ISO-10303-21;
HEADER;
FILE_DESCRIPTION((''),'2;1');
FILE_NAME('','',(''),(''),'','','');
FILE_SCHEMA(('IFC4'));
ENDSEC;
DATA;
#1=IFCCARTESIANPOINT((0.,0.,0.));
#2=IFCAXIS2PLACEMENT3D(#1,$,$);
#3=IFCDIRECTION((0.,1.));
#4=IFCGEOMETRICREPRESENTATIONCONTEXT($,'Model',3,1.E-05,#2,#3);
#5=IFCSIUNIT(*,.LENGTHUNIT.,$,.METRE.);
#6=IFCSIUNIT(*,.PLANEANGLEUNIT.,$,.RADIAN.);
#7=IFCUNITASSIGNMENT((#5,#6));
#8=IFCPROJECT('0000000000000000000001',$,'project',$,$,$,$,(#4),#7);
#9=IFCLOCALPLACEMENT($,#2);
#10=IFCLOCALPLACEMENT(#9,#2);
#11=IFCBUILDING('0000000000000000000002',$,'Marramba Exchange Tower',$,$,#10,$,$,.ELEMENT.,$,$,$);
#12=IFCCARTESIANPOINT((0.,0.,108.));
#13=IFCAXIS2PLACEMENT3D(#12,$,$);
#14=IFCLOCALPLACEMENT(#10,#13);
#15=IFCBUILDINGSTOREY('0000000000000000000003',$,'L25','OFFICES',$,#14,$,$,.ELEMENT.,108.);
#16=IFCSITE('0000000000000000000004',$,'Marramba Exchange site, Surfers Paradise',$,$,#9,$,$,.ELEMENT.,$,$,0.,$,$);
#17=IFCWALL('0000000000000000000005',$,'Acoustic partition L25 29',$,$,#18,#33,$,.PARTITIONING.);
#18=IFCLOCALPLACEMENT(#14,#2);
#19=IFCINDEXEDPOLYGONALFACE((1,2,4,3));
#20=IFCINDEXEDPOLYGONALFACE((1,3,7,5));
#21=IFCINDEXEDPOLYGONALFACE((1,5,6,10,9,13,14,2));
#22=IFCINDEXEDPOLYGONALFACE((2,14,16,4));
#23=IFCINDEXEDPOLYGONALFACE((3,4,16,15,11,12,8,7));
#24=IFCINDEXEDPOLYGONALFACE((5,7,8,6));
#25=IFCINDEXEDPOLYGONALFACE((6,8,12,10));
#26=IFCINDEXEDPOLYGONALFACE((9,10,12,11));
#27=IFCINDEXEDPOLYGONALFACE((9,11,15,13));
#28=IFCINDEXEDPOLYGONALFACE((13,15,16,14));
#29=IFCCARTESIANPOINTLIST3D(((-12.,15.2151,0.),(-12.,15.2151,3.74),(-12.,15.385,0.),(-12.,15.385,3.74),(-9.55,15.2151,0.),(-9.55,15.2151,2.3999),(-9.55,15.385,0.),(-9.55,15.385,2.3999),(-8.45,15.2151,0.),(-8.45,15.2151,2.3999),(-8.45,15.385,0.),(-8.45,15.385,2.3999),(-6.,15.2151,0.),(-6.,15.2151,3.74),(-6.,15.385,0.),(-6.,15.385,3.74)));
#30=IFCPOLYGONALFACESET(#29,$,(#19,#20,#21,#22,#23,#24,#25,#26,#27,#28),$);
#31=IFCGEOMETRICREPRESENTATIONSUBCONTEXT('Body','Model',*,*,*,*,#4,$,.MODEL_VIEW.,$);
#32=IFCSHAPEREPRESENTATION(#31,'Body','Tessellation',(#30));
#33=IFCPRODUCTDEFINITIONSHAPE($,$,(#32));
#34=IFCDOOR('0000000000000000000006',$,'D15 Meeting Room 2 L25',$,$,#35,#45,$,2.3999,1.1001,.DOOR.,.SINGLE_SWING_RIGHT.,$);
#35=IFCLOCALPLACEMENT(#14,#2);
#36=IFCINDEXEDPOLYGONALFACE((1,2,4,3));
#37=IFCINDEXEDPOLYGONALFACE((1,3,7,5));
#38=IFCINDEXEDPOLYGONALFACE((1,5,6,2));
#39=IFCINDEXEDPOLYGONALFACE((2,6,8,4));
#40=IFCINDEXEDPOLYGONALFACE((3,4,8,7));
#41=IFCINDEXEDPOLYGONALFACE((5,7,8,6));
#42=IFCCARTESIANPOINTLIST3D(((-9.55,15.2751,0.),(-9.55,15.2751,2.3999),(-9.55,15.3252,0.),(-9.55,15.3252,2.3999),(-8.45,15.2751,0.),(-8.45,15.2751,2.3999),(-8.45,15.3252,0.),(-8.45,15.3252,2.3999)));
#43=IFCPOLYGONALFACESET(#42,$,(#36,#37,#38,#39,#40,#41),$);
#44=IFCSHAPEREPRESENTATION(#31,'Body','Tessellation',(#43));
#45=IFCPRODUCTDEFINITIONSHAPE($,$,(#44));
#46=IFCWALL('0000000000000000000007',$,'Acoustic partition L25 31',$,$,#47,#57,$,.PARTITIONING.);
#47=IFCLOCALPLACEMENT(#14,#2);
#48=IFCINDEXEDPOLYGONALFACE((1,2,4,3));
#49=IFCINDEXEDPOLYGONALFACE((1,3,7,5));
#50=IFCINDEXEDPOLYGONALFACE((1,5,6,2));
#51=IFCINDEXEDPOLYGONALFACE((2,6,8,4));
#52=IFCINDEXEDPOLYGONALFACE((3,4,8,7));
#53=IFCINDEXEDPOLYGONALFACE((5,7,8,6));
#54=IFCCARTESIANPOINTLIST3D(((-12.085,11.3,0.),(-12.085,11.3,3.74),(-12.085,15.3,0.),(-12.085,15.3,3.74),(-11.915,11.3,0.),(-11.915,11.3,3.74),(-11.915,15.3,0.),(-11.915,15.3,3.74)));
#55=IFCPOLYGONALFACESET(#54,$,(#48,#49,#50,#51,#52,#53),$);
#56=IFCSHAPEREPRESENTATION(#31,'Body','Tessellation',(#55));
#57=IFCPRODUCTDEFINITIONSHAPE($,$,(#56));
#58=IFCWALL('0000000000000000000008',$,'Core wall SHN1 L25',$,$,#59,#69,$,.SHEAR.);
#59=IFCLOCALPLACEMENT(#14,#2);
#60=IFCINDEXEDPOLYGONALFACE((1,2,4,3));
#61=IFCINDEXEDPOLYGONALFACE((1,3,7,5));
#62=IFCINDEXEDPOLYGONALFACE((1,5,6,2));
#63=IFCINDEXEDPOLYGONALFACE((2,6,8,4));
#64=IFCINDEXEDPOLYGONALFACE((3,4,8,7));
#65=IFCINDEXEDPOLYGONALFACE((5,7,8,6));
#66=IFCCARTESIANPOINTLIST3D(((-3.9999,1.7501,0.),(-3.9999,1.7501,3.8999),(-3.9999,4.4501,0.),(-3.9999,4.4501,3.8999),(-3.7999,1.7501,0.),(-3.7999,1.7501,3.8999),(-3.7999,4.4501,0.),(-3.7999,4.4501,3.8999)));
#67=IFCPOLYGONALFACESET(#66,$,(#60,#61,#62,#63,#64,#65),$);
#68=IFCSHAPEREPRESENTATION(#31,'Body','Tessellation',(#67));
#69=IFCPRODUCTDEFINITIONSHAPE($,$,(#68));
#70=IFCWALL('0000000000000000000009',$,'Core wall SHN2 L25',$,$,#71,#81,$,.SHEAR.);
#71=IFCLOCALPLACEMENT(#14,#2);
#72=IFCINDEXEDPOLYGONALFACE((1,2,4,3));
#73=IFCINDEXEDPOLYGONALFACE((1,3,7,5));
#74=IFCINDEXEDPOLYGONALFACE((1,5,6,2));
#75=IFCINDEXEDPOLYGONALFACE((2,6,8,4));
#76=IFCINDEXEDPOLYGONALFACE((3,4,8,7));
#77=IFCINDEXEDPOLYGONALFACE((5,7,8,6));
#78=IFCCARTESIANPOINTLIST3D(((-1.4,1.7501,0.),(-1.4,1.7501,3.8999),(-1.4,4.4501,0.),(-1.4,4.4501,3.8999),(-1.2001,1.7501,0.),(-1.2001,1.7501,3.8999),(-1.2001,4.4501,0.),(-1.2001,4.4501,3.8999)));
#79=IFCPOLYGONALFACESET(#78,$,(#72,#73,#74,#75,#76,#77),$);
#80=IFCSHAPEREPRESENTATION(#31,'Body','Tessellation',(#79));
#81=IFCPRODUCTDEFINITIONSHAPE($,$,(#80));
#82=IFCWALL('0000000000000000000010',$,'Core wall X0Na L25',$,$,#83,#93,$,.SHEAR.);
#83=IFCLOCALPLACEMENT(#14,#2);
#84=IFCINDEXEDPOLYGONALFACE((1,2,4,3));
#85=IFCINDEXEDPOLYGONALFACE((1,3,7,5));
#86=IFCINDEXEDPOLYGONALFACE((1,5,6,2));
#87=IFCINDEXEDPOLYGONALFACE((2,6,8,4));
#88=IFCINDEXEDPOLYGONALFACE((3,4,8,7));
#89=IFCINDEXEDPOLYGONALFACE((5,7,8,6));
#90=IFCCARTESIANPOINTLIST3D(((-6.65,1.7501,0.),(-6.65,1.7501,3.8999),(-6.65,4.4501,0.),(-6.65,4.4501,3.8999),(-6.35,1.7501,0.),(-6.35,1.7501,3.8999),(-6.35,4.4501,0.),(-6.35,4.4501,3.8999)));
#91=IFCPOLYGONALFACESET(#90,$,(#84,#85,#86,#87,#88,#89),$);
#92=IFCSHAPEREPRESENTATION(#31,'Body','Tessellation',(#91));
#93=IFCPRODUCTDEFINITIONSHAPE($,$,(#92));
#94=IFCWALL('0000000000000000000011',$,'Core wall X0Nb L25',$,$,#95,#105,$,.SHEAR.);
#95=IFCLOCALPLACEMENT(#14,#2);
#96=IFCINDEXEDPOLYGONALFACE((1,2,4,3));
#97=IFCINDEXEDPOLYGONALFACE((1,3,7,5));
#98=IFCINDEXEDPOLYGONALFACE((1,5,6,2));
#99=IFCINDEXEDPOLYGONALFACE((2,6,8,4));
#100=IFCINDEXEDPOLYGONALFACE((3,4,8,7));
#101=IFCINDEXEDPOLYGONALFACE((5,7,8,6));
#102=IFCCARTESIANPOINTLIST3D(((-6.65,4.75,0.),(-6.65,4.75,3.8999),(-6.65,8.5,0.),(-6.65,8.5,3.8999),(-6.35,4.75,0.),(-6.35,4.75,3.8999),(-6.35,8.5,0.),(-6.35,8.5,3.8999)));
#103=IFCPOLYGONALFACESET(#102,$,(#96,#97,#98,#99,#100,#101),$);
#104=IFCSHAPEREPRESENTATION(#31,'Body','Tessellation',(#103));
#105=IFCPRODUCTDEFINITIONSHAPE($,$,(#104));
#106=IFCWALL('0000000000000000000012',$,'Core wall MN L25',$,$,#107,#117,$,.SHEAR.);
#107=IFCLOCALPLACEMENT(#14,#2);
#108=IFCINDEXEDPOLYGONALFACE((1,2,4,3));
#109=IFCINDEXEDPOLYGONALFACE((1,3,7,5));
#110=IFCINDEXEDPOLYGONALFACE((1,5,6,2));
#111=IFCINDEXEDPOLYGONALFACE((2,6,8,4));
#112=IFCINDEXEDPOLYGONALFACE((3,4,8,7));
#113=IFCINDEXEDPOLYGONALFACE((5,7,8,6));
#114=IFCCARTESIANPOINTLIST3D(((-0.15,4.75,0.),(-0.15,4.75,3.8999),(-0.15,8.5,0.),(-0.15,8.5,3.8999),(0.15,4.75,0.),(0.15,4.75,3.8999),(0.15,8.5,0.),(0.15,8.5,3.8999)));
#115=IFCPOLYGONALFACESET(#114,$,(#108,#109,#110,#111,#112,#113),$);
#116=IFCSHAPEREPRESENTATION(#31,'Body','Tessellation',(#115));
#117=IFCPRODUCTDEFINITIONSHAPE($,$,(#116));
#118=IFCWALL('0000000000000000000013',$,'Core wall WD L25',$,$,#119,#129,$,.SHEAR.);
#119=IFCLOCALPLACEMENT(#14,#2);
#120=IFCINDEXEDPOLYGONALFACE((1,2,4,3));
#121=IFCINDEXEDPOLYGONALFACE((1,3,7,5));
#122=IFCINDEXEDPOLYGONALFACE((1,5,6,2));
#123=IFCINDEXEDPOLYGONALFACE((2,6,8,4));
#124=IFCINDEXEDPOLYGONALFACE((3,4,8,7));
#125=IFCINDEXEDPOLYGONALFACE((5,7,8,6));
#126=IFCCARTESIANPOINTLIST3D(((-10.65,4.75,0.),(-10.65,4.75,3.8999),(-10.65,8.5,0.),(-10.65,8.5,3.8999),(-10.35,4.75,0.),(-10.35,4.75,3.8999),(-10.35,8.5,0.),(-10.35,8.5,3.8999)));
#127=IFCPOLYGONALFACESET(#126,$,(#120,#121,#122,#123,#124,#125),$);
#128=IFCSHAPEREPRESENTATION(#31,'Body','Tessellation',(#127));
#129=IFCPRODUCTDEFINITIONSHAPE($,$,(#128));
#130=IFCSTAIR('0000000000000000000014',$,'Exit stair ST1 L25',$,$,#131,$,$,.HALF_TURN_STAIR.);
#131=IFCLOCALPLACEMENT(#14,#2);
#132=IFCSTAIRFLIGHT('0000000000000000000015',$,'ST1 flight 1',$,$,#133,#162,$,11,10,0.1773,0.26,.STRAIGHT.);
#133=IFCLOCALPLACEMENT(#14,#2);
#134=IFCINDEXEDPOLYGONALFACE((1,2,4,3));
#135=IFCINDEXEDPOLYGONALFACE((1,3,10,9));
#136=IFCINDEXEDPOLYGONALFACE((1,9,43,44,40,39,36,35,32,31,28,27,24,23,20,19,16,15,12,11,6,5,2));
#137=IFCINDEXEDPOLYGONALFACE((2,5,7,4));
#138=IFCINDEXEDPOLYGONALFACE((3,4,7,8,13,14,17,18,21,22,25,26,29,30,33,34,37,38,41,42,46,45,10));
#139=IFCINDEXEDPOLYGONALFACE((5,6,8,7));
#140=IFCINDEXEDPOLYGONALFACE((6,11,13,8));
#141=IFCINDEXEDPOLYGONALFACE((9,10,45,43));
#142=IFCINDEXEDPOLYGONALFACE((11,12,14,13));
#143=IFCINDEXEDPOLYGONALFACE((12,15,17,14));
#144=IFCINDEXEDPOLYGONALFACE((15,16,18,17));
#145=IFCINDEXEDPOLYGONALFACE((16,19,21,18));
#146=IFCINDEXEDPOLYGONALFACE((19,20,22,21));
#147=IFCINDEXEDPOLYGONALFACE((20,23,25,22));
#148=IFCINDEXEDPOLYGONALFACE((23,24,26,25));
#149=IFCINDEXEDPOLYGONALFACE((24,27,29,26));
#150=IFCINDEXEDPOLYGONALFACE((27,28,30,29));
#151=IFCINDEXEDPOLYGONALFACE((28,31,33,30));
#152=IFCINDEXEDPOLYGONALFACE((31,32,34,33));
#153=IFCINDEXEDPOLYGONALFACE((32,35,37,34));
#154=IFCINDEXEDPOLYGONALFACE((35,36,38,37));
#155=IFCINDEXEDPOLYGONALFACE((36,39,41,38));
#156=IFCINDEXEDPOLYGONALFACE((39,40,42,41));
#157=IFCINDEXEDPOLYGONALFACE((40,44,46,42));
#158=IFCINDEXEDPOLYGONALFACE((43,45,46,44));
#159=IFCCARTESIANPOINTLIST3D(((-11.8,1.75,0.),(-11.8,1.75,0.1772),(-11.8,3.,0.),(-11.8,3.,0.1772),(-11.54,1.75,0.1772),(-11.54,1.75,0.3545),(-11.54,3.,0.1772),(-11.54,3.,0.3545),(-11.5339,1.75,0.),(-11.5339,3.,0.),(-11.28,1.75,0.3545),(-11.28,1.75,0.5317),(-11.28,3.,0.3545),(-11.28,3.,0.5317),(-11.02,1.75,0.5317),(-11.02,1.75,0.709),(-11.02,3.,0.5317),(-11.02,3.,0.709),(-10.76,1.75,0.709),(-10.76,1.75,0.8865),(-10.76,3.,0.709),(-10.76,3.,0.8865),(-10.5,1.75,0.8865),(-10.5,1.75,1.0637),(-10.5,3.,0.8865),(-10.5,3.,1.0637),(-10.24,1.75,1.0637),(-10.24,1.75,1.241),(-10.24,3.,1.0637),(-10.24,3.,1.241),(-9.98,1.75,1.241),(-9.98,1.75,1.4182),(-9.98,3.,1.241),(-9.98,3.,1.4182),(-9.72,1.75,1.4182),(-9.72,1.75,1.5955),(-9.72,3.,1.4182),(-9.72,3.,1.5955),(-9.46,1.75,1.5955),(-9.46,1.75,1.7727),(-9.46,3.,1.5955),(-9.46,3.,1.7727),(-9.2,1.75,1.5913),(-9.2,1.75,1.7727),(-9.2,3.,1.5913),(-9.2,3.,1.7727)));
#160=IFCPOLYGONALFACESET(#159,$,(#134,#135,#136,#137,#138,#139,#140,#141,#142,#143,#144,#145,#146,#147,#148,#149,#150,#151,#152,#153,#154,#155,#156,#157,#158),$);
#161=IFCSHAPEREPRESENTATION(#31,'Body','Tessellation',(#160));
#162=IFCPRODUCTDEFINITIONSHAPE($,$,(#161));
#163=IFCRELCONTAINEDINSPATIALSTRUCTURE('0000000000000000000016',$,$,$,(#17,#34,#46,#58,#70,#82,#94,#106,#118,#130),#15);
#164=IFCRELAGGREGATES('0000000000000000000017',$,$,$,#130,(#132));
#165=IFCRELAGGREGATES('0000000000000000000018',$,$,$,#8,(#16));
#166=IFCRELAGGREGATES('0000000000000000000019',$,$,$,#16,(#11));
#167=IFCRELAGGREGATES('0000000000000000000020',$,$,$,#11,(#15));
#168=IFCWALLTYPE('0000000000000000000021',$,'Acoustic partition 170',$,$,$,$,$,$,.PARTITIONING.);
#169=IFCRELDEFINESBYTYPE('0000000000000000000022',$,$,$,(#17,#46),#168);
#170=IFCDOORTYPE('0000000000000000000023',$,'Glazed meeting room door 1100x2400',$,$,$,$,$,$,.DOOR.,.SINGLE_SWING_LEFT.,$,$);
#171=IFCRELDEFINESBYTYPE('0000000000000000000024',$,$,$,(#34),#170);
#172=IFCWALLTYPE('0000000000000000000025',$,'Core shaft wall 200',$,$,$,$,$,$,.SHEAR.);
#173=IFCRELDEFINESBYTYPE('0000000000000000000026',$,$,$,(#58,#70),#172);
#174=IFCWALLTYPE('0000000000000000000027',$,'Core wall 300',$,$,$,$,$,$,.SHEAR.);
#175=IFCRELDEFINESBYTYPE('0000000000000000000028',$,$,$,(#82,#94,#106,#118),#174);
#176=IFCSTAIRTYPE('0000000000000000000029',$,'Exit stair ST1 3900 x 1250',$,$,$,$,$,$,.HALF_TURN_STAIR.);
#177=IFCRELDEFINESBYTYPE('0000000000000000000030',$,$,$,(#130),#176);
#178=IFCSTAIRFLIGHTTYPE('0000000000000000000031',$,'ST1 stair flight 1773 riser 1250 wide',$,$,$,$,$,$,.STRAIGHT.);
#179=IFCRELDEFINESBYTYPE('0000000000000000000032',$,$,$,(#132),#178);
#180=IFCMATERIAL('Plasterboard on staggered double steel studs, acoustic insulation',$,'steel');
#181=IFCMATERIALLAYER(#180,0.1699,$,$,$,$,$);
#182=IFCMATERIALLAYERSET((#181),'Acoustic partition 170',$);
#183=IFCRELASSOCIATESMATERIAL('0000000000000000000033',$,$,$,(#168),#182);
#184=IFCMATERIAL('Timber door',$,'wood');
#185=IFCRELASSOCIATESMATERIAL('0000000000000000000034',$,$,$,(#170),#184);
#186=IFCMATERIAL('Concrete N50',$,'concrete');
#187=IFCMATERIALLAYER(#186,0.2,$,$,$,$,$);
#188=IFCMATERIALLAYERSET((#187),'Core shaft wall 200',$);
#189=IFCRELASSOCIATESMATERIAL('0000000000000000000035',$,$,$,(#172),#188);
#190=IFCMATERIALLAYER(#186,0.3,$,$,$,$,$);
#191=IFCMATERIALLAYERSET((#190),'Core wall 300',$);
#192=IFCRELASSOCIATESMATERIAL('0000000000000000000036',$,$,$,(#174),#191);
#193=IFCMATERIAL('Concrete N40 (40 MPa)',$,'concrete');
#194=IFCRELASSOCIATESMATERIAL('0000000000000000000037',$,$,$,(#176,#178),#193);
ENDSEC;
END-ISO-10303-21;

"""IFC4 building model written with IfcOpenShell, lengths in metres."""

from ifc_helpers import new_model, si_unit, direction, frame, frame_2d, origin, place, context, subcontext, project, spatial, polyline, rectangle, outline, extrude, material, layer, layer_set, type_object, element, fill, aggregate, save


model = new_model("IFC4")

# Units and contexts
model_context = context("Model", 3, precision=1e-05, world=origin(), true_north=direction((0.0, 1.0)))
body_context = subcontext(model_context, "Body", "Model", "MODEL_VIEW")
ifc_project = project(units=[si_unit("LENGTHUNIT", "METRE"), si_unit("PLANEANGLEUNIT", "RADIAN")], contexts=[model_context])

# Site, building, storey
site_placement = place(None, origin())
site = spatial("IfcSite", under=ifc_project, at=site_placement, Name="Marramba Exchange site, Surfers Paradise", CompositionType="ELEMENT", RefElevation=0.0)
building_placement = place(site_placement, origin())
building = spatial("IfcBuilding", under=site, at=building_placement, Name="Marramba Exchange Tower", CompositionType="ELEMENT")
storey_placement = place(building_placement, frame((0.0, 0.0, 108.0)))
storey = spatial("IfcBuildingStorey", under=building, at=storey_placement, Name="L25", Description="OFFICES", CompositionType="ELEMENT", Elevation=108.0)

# Shared definitions
ifc_material_1 = material(Name="Concrete N50", Category="concrete")

# Shared definitions
ifc_material_2 = material(Name="Plasterboard on staggered double steel studs, acoustic insulation", Category="steel")
ifc_layer_1 = layer(ifc_material_2, 0.1699)
ifc_layer_set_1 = layer_set([ifc_layer_1], Name="Acoustic partition 170")
wall_type_1 = type_object("IfcWallType", Name="Acoustic partition 170", PredefinedType="PARTITIONING", material=ifc_layer_set_1)

# Wall, opening, door
wall_1_placement = place(storey_placement, frame((-6.0, 15.3, 0.0), z_axis=(0.0, 0.0, 1.0), x_axis=(-1.0, 0.0, 0.0)))
wall_1 = element("IfcWall", 1, at=wall_1_placement, inside=storey, type_object=wall_type_1, Name="Acoustic partition L25 29", PredefinedType="PARTITIONING", context=body_context, shape_type="SweptSolid", body=[
    extrude(rectangle(XDim=6.0, YDim=0.1699, at=frame_2d((3.0, 0.0))), origin(), (0.0, 0.0, 1.0), 3.74),
])
opening_placement = place(wall_1_placement, frame((2.45, 0.0, 0.0)))
opening = element("IfcOpeningElement", 2, at=opening_placement, cuts=wall_1, PredefinedType="OPENING", context=body_context, shape_type="SweptSolid", body=[
    extrude(rectangle(XDim=1.1001, YDim=2.3999, at=frame_2d((0.55, 1.2))), frame((0.0, 0.095, 0.0), z_axis=(0.0, -1.0, 0.0), x_axis=(1.0, 0.0, 0.0)), (0.0, 0.0, 1.0), 0.1899),
])
ifc_material_3 = material(Name="Timber door", Category="wood")
door_type = type_object("IfcDoorType", Name="Glazed meeting room door 1100x2400", OperationType="SINGLE_SWING_LEFT", PredefinedType="DOOR", material=ifc_material_3)
door_placement = place(opening_placement, origin())
door = element("IfcDoor", 3, at=door_placement, inside=storey, type_object=door_type, Name="D15 Meeting Room 2 L25", OperationType="SINGLE_SWING_RIGHT", OverallHeight=2.3999, OverallWidth=1.1001, PredefinedType="DOOR", context=body_context, shape_type="SweptSolid", body=[
    extrude(rectangle(XDim=1.1001, YDim=2.3999, at=frame_2d((0.55, 1.2))), frame((0.0, 0.0249, 0.0), z_axis=(0.0, -1.0, 0.0), x_axis=(1.0, 0.0, 0.0)), (0.0, 0.0, 1.0), 0.05),
])
fill(opening, door)

# Walls
wall_2_placement = place(storey_placement, frame((-12.0, 15.3, 0.0), z_axis=(0.0, 0.0, 1.0), x_axis=(0.0, -1.0, 0.0)))
element("IfcWall", 4, at=wall_2_placement, inside=storey, type_object=wall_type_1, Name="Acoustic partition L25 31", PredefinedType="PARTITIONING", context=body_context, shape_type="SweptSolid", body=[
    extrude(rectangle(XDim=4.0, YDim=0.1699, at=frame_2d((2.0, 0.0))), origin(), (0.0, 0.0, 1.0), 3.74),
])
ifc_layer_2 = layer(ifc_material_1, 0.2)
ifc_layer_set_2 = layer_set([ifc_layer_2], Name="Core shaft wall 200")
wall_type_2 = type_object("IfcWallType", Name="Core shaft wall 200", PredefinedType="SHEAR", material=ifc_layer_set_2)
for number, where, z_axis, x_axis, name in (
    (5, (-3.8999, 1.75, 0.0), (0.0, 0.0, 1.0), (0.0, 1.0, 0.0), "Core wall SHN1 L25"),
    (6, (-1.3, 1.75, 0.0), (0.0, 0.0, 1.0), (0.0, 1.0, 0.0), "Core wall SHN2 L25"),
):
    element("IfcWall", number, at=place(storey_placement, frame(where, z_axis=z_axis, x_axis=x_axis)), inside=storey, type_object=wall_type_2, Name=name, PredefinedType="SHEAR", context=body_context, shape_type="SweptSolid", body=[
        extrude(rectangle(XDim=2.7, YDim=0.2, at=frame_2d((1.3501, 0.0))), origin(), (0.0, 0.0, 1.0), 3.8999),
    ])
ifc_layer_3 = layer(ifc_material_1, 0.3)
ifc_layer_set_3 = layer_set([ifc_layer_3], Name="Core wall 300")
wall_type_3 = type_object("IfcWallType", Name="Core wall 300", PredefinedType="SHEAR", material=ifc_layer_set_3)
wall_3_placement = place(storey_placement, frame((-6.5, 1.75, 0.0), z_axis=(0.0, 0.0, 1.0), x_axis=(0.0, 1.0, 0.0)))
element("IfcWall", 7, at=wall_3_placement, inside=storey, type_object=wall_type_3, Name="Core wall X0Na L25", PredefinedType="SHEAR", context=body_context, shape_type="SweptSolid", body=[
    extrude(rectangle(XDim=2.7, YDim=0.3, at=frame_2d((1.3501, 0.0))), origin(), (0.0, 0.0, 1.0), 3.8999),
])
for number, where, z_axis, x_axis, name in (
    (8, (-6.5, 4.75, 0.0), (0.0, 0.0, 1.0), (0.0, 1.0, 0.0), "Core wall X0Nb L25"),
    (9, (0.0, 4.75, 0.0), (0.0, 0.0, 1.0), (0.0, 1.0, 0.0), "Core wall MN L25"),
    (10, (-10.5, 4.75, 0.0), (0.0, 0.0, 1.0), (0.0, 1.0, 0.0), "Core wall WD L25"),
):
    element("IfcWall", number, at=place(storey_placement, frame(where, z_axis=z_axis, x_axis=x_axis)), inside=storey, type_object=wall_type_3, Name=name, PredefinedType="SHEAR", context=body_context, shape_type="SweptSolid", body=[
        extrude(rectangle(XDim=3.75, YDim=0.3, at=frame_2d((1.875, 0.0))), origin(), (0.0, 0.0, 1.0), 3.8999),
    ])

# Stair, stair flight
ifc_material_4 = material(Name="Concrete N40 (40 MPa)", Category="concrete")
stair_type = type_object("IfcStairType", Name="Exit stair ST1 3900 x 1250", PredefinedType="HALF_TURN_STAIR", material=ifc_material_4)
stair_placement = place(storey_placement, origin())
stair = element("IfcStair", 11, at=stair_placement, inside=storey, type_object=stair_type, Name="Exit stair ST1 L25", PredefinedType="HALF_TURN_STAIR")
stair_flight_type = type_object("IfcStairFlightType", Name="ST1 stair flight 1773 riser 1250 wide", PredefinedType="STRAIGHT", material=ifc_material_4)
stair_flight_1_placement = place(storey_placement, frame((-11.8, 2.375, 0.0), z_axis=(0.0, 0.0, 1.0), x_axis=(1.0, 0.0, 0.0)))
stair_flight_1 = element("IfcStairFlight", 12, at=stair_flight_1_placement, type_object=stair_flight_type, Name="ST1 flight 1", NumberOfRisers=11, NumberOfTreads=10, PredefinedType="STRAIGHT", RiserHeight=0.1773, TreadLength=0.26, context=body_context, shape_type="SweptSolid", body=[
    extrude(outline(polyline([(0.0, 0.0), (0.0, 0.1772), (0.26, 0.1772), (0.26, 0.3545), (0.52, 0.3545), (0.52, 0.5317), (0.78, 0.5317), (0.78, 0.709), (1.04, 0.709), (1.04, 0.8865), (1.3, 0.8865), (1.3, 1.0637), (1.5601, 1.0637), (1.5601, 1.241), (1.8201, 1.241), (1.8201, 1.4182), (2.0801, 1.4182), (2.0801, 1.5955), (2.3401, 1.5955), (2.3401, 1.7727), (2.6001, 1.7727), (2.6001, 1.95), (2.6001, 1.5913), (0.2661, 0.0), (0.0, 0.0)])), frame((0.0, 0.625, 0.0), z_axis=(0.0, -1.0, 0.0), x_axis=(1.0, 0.0, 0.0)), (0.0, 0.0, 1.0), 1.25),
])
aggregate(stair, [stair_flight_1])

save(model, "model.ifc")
